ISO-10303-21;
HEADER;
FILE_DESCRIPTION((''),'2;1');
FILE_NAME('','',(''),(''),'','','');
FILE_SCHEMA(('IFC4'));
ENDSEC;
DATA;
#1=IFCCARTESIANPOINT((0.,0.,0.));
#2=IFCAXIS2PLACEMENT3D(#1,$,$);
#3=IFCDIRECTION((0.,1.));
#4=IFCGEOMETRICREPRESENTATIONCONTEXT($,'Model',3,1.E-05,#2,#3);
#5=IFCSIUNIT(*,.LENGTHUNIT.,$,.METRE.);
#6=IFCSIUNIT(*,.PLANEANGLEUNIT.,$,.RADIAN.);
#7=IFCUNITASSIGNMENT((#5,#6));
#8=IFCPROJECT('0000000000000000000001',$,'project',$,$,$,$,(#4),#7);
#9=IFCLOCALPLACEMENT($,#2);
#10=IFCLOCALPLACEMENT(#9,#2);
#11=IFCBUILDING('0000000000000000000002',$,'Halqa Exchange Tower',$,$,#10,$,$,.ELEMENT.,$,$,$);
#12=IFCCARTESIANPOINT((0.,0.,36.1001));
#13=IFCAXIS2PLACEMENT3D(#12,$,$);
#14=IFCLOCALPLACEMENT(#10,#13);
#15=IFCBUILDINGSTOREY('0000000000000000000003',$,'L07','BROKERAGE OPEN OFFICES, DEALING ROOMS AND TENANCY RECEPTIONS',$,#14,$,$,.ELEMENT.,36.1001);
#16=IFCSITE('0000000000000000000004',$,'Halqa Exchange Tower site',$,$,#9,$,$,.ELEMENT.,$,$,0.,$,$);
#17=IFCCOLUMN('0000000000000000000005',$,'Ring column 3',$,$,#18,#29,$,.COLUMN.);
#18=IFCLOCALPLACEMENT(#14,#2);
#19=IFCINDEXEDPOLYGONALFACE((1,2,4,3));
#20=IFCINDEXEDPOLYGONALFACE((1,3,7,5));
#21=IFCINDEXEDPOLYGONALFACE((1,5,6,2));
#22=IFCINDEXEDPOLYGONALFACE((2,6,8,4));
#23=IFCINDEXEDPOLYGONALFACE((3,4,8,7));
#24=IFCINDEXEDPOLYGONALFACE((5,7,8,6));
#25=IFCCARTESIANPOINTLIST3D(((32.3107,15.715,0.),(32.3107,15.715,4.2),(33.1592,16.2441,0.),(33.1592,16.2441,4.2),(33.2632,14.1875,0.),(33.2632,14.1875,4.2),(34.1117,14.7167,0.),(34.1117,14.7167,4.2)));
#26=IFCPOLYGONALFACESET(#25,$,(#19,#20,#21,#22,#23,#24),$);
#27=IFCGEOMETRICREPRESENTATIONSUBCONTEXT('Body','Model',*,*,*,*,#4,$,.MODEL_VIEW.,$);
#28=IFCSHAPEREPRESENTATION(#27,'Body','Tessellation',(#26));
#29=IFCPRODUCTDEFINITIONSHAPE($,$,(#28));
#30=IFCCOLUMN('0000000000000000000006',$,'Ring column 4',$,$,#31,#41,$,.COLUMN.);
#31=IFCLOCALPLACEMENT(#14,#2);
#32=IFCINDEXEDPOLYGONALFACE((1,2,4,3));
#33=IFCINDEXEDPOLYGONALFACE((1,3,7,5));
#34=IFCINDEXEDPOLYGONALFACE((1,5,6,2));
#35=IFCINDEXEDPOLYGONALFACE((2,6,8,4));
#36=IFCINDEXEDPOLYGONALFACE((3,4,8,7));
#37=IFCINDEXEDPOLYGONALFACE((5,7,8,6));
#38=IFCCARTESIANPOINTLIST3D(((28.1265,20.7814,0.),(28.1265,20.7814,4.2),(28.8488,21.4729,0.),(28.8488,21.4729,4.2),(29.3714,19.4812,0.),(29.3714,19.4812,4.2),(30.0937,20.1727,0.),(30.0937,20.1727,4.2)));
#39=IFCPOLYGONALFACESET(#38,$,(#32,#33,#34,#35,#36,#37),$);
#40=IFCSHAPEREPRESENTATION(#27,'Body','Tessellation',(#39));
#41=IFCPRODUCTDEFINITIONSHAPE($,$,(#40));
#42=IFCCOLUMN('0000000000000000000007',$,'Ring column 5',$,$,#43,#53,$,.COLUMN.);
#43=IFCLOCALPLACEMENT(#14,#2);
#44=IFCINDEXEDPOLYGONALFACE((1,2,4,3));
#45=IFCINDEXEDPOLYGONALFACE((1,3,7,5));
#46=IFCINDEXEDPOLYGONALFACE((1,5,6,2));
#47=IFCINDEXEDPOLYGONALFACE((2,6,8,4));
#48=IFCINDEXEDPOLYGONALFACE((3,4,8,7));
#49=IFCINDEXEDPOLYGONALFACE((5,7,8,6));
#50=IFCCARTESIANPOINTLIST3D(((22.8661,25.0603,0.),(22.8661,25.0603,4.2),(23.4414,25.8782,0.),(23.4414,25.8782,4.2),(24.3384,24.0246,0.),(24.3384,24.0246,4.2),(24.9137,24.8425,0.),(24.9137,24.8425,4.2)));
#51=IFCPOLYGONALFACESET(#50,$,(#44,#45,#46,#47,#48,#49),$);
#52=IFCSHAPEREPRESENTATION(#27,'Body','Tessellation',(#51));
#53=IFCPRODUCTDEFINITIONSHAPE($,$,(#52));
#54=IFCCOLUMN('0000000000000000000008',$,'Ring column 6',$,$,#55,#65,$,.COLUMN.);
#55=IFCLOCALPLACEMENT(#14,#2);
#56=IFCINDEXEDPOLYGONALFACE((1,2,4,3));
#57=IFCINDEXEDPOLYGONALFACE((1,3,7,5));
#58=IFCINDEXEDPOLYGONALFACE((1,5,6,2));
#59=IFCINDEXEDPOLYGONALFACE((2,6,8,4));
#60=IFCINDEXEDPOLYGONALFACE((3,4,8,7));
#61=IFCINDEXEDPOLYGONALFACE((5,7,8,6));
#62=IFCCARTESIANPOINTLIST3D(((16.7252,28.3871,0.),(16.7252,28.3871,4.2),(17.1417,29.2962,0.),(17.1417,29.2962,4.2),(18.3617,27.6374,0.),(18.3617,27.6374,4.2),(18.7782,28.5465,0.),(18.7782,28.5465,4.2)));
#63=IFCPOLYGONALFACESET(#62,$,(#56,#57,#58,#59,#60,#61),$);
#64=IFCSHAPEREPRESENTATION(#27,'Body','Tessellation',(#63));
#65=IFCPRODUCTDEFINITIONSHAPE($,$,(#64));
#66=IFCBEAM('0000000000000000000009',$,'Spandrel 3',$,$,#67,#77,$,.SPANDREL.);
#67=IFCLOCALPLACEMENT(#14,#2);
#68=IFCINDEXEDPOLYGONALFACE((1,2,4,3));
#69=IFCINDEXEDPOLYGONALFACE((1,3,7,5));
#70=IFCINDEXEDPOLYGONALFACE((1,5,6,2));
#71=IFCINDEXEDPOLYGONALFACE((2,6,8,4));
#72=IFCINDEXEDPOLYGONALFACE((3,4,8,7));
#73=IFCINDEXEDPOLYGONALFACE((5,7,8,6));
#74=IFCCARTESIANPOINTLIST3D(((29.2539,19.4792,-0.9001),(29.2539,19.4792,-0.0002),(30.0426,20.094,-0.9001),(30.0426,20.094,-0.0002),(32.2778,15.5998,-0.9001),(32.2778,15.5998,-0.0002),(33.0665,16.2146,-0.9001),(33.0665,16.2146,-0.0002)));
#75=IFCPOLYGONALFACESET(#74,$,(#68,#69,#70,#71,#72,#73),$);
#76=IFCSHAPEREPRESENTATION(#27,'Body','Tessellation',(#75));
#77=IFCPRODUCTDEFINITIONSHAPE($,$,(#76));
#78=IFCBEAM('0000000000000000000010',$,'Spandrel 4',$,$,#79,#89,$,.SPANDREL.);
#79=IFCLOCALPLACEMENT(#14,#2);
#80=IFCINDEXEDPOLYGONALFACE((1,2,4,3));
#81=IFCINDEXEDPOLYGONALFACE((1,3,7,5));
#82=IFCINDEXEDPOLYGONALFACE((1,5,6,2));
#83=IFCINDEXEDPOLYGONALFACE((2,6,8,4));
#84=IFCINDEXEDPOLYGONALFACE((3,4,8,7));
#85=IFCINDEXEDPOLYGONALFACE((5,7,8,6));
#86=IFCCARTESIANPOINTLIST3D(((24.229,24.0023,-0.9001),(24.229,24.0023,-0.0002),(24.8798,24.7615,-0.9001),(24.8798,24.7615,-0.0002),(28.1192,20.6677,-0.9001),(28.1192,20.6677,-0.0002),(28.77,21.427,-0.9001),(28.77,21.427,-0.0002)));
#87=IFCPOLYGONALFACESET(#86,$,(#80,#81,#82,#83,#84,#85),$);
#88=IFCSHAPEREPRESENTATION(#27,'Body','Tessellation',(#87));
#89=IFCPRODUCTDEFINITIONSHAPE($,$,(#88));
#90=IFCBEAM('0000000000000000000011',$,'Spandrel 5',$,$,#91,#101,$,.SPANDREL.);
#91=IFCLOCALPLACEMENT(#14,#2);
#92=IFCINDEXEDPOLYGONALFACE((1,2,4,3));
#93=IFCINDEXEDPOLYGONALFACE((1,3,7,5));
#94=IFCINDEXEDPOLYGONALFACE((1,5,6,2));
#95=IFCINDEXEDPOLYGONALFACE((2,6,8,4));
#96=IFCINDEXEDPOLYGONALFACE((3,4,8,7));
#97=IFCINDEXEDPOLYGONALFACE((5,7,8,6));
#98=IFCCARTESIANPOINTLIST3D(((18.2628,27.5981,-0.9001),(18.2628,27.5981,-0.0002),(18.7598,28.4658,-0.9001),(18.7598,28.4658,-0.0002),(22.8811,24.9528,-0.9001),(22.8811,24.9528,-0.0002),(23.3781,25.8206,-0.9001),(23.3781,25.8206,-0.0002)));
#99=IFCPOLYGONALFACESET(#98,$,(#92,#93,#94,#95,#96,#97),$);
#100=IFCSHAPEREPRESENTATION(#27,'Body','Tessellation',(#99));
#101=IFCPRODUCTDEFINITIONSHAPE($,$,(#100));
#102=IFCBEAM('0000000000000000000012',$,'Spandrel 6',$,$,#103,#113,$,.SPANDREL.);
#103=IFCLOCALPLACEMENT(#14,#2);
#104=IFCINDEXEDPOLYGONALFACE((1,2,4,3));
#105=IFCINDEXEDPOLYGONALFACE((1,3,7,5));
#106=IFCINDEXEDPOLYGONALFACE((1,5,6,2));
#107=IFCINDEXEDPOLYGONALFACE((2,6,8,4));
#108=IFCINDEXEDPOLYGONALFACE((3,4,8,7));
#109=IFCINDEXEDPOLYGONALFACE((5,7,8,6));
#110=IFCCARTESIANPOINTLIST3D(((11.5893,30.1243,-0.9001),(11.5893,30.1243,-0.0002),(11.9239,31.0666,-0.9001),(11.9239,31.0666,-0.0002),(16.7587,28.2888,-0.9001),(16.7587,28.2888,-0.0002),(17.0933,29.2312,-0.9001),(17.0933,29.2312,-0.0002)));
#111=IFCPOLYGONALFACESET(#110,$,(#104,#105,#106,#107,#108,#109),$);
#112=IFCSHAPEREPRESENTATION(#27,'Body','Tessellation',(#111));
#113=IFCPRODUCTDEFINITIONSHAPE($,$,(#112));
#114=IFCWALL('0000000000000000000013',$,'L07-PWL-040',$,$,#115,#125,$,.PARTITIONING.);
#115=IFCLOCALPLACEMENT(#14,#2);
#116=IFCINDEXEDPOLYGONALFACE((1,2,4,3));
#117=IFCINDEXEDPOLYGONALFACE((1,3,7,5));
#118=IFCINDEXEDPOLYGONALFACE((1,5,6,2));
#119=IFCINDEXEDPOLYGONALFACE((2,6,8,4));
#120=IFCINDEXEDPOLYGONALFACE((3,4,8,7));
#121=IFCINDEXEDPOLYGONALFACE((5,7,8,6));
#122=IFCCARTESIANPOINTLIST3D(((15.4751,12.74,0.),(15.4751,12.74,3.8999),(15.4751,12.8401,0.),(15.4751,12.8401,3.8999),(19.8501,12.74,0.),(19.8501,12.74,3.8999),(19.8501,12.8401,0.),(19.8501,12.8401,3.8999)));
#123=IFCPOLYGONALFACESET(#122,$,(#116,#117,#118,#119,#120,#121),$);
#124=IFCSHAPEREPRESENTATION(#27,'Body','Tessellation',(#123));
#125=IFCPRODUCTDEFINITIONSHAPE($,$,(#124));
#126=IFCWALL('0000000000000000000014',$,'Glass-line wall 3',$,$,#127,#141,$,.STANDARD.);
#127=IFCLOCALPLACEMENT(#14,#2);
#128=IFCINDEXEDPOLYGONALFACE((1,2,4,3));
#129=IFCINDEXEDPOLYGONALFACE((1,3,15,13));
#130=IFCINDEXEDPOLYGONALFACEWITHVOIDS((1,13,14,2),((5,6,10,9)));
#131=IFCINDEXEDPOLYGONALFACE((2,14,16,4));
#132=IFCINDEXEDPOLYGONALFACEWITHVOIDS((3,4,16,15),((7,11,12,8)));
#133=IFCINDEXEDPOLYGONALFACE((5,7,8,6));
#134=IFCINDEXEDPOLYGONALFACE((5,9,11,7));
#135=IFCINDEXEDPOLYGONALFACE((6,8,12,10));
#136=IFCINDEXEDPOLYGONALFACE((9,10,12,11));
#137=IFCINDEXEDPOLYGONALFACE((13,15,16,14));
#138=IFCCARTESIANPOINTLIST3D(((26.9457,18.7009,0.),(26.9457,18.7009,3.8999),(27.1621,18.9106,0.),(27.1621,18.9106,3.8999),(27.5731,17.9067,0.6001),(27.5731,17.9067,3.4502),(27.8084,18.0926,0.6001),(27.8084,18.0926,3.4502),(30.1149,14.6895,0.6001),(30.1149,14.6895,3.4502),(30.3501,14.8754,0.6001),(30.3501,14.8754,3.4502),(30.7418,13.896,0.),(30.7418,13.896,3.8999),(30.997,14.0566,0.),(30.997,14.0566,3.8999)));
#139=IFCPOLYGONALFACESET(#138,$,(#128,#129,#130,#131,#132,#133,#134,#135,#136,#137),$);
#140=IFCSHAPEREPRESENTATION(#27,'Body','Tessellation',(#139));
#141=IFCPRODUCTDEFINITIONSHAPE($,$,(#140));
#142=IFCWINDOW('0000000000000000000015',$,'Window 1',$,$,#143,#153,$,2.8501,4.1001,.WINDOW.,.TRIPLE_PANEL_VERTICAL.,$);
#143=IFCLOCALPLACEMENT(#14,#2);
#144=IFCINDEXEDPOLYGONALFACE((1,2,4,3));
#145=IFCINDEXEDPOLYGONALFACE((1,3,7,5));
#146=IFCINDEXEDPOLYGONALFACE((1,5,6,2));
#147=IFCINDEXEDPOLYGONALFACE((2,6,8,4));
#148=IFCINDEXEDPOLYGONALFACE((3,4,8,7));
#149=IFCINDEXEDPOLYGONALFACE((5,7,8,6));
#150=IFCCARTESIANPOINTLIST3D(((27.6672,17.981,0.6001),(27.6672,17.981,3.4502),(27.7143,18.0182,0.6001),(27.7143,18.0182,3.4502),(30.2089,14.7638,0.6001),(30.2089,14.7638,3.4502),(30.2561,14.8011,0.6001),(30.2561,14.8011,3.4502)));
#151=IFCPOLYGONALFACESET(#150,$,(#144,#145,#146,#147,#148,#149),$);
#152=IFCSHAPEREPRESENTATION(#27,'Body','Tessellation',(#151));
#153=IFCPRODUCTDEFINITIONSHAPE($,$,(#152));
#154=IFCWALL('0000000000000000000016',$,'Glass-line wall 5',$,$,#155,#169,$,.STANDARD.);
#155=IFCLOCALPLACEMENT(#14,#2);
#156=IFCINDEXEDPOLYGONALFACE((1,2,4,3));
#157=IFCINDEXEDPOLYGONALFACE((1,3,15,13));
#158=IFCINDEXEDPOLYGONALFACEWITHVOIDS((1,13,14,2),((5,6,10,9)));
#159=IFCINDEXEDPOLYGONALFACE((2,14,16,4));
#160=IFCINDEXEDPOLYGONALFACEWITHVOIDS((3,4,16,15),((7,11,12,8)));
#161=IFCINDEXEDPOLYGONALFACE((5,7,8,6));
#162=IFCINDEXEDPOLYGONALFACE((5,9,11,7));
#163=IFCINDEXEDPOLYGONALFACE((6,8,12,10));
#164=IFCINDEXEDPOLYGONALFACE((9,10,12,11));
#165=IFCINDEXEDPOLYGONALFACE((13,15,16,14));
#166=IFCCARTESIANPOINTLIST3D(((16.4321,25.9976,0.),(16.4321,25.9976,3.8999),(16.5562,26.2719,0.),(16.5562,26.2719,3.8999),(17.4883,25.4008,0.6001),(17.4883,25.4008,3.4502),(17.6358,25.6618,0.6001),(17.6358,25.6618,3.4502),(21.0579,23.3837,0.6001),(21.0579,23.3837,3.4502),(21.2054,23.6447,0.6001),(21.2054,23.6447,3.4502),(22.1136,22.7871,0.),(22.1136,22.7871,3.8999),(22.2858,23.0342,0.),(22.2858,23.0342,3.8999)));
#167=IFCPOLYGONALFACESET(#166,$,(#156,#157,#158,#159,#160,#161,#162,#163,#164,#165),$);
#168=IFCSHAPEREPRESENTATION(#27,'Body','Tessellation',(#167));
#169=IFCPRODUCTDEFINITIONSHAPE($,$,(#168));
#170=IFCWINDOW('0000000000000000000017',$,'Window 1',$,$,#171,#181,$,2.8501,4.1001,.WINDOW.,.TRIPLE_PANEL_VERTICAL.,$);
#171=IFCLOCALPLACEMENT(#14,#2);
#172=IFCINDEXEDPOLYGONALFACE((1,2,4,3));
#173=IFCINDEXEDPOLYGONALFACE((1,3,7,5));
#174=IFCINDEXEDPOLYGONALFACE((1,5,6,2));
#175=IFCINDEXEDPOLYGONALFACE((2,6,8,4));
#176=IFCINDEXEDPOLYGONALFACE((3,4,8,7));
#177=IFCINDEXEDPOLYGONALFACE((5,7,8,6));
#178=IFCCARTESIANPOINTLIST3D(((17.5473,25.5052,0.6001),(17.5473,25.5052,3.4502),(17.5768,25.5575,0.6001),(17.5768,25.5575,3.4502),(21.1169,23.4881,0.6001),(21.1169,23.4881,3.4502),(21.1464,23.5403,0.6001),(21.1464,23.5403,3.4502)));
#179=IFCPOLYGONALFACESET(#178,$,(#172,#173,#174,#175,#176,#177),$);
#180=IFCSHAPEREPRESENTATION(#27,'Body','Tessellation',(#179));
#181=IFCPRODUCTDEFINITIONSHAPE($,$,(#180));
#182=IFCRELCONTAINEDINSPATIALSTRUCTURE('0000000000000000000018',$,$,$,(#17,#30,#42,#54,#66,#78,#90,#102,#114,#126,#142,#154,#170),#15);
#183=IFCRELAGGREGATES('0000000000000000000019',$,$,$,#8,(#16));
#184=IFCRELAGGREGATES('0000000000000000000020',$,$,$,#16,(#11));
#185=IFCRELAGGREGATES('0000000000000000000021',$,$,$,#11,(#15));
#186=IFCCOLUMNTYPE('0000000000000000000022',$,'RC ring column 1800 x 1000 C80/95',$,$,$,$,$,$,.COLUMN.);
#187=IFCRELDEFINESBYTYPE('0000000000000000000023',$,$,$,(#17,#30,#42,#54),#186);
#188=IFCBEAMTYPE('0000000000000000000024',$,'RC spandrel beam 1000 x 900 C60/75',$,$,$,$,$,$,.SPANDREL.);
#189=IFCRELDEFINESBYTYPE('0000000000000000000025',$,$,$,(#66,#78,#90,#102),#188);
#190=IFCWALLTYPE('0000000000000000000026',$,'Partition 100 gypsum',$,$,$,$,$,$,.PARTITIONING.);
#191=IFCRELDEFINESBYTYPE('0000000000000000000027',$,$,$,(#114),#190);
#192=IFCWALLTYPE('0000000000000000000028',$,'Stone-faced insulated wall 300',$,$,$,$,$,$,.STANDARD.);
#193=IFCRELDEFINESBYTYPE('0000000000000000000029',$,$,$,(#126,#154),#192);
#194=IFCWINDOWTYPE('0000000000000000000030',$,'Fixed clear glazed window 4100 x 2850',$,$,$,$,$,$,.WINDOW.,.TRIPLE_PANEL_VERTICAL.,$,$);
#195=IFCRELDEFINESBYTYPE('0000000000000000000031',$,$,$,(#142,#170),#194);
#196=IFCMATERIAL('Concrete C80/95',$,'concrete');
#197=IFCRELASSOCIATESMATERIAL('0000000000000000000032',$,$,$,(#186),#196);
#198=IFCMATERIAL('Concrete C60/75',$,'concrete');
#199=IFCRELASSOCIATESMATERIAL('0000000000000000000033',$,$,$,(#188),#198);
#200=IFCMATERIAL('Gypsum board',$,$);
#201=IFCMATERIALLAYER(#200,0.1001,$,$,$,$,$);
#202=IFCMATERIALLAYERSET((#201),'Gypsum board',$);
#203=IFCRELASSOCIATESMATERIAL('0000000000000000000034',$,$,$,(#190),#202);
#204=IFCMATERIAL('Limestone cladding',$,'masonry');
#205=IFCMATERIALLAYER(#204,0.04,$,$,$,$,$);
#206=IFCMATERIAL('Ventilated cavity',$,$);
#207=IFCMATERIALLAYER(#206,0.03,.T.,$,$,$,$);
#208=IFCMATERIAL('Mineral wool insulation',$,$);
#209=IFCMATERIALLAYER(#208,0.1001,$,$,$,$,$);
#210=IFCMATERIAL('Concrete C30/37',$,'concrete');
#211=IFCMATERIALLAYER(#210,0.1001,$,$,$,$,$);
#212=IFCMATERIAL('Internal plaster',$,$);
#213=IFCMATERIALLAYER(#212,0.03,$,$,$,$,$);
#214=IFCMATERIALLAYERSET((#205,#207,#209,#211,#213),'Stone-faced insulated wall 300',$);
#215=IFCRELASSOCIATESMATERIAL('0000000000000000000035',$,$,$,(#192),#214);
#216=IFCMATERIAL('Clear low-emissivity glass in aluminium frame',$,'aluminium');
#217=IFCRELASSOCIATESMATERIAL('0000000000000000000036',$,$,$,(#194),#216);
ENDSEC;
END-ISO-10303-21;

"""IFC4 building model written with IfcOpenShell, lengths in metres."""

from ifc_helpers import new_model, si_unit, direction, frame, frame_2d, origin, origin_2d, place, context, subcontext, project, spatial, polyline, rectangle, outline, extrude, material, layer, layer_set, material_profile, profile_set, type_object, element, fill, save


model = new_model("IFC4")

# Units and contexts
model_context = context("Model", 3, precision=1e-05, world=origin(), true_north=direction((0.0, 1.0)))
body_context = subcontext(model_context, "Body", "Model", "MODEL_VIEW")
ifc_project = project(units=[si_unit("LENGTHUNIT", "METRE"), si_unit("PLANEANGLEUNIT", "RADIAN")], contexts=[model_context])

# Site, building, storey
site_placement = place(None, origin())
site = spatial("IfcSite", under=ifc_project, at=site_placement, Name="Halqa Exchange Tower site", CompositionType="ELEMENT", RefElevation=0.0)
building_placement = place(site_placement, origin())
building = spatial("IfcBuilding", under=site, at=building_placement, Name="Halqa Exchange Tower", CompositionType="ELEMENT")
storey_placement = place(building_placement, frame((0.0, 0.0, 36.1001)))
storey = spatial("IfcBuildingStorey", under=building, at=storey_placement, Name="L07", Description="BROKERAGE OPEN OFFICES, DEALING ROOMS AND TENANCY RECEPTIONS", CompositionType="ELEMENT", Elevation=36.1001)

# Columns
ifc_material_1 = material(Name="Concrete C80/95", Category="concrete")
ifc_material_profile_1 = material_profile(ifc_material_1, rectangle(XDim=1.8, YDim=1.0, at=origin_2d()), Name="1800 x 1000")
ifc_profile_set_1 = profile_set([ifc_material_profile_1], Name="Concrete C80/95")
column_type = type_object("IfcColumnType", Name="RC ring column 1800 x 1000 C80/95", PredefinedType="COLUMN", material=ifc_profile_set_1)
for number, where, z_axis, x_axis, name in (
    (1, (33.2112, 15.2158, 0.0), (0.0, 0.0, 1.0), (-0.529142, 0.848533, 0.0), "Ring column 3"),
    (2, (29.1101, 20.4771, 0.0), (0.0, 0.0, 1.0), (-0.691575, 0.722305, 0.0), "Ring column 4"),
    (3, (23.8899, 24.9514, 0.0), (0.0, 0.0, 1.0), (-0.817912, 0.575344, 0.0), "Ring column 5"),
    (4, (17.7517, 28.4668, 0.0), (0.0, 0.0, 1.0), (-0.909128, 0.416517, 0.0), "Ring column 6"),
):
    element("IfcColumn", number, at=place(storey_placement, frame(where, z_axis=z_axis, x_axis=x_axis)), inside=storey, type_object=column_type, Name=name, PredefinedType="COLUMN", context=body_context, shape_type="SweptSolid", body=[
        extrude(rectangle(XDim=1.8, YDim=1.0, at=origin_2d()), origin(), (0.0, 0.0, 1.0), 4.2),
    ])

# Beams
ifc_material_2 = material(Name="Concrete C60/75", Category="concrete")
ifc_material_profile_2 = material_profile(ifc_material_2, rectangle(XDim=1.0, YDim=0.8999, at=origin_2d()), Name="1000 x 900")
ifc_profile_set_2 = profile_set([ifc_material_profile_2], Name="Concrete C60/75")
beam_type = type_object("IfcBeamType", Name="RC spandrel beam 1000 x 900 C60/75", PredefinedType="SPANDREL", material=ifc_profile_set_2)
beam_1_placement = place(storey_placement, frame((32.6721, 15.9072, -0.4502), z_axis=(-0.614779, 0.7887, 0.0), x_axis=(-0.7887, -0.614779, 0.0)))
element("IfcBeam", 5, at=beam_1_placement, inside=storey, type_object=beam_type, Name="Spandrel 3", PredefinedType="SPANDREL", context=body_context, shape_type="SweptSolid", body=[
    extrude(rectangle(XDim=1.0, YDim=0.8999, at=origin_2d()), origin(), (0.0, 0.0, 1.0), 4.9187),
])
beam_2_placement = place(storey_placement, frame((28.4446, 21.0474, -0.4502), z_axis=(-0.75925, 0.650799, 0.0), x_axis=(-0.650799, -0.75925, 0.0)))
element("IfcBeam", 6, at=beam_2_placement, inside=storey, type_object=beam_type, Name="Spandrel 4", PredefinedType="SPANDREL", context=body_context, shape_type="SweptSolid", body=[
    extrude(rectangle(XDim=1.0, YDim=0.8999, at=origin_2d()), origin(), (0.0, 0.0, 1.0), 5.1238),
])
beam_3_placement = place(storey_placement, frame((23.1296, 25.3867, -0.4502), z_axis=(-0.867743, 0.497013, 0.0), x_axis=(-0.497013, -0.867743, 0.0)))
element("IfcBeam", 7, at=beam_3_placement, inside=storey, type_object=beam_type, Name="Spandrel 5", PredefinedType="SPANDREL", context=body_context, shape_type="SweptSolid", body=[
    extrude(rectangle(XDim=1.0, YDim=0.8999, at=origin_2d()), origin(), (0.0, 0.0, 1.0), 5.3223),
])
beam_4_placement = place(storey_placement, frame((16.926, 28.76, -0.4502), z_axis=(-0.942363, 0.334593, 0.0), x_axis=(-0.334593, -0.942363, 0.0)))
element("IfcBeam", 8, at=beam_4_placement, inside=storey, type_object=beam_type, Name="Spandrel 6", PredefinedType="SPANDREL", context=body_context, shape_type="SweptSolid", body=[
    extrude(rectangle(XDim=1.0, YDim=0.8999, at=origin_2d()), origin(), (0.0, 0.0, 1.0), 5.4856),
])

# Wall
ifc_material_3 = material(Name="Gypsum board")
ifc_layer_1 = layer(ifc_material_3, 0.1001)
ifc_layer_set_1 = layer_set([ifc_layer_1], Name="Gypsum board")
wall_type_1 = type_object("IfcWallType", Name="Partition 100 gypsum", PredefinedType="PARTITIONING", material=ifc_layer_set_1)
wall_1_placement = place(storey_placement, frame((19.8501, 12.79, 0.0), z_axis=(0.0, 0.0, 1.0), x_axis=(-1.0, 0.0, 0.0)))
element("IfcWall", 9, at=wall_1_placement, inside=storey, type_object=wall_type_1, Name="L07-PWL-040", PredefinedType="PARTITIONING", context=body_context, shape_type="SweptSolid", body=[
    extrude(rectangle(XDim=4.375, YDim=0.1001, at=frame_2d((2.1875, 0.0))), origin(), (0.0, 0.0, 1.0), 3.8999),
])

# Wall, opening, window
ifc_material_4 = material(Name="Limestone cladding", Category="masonry")
ifc_layer_2 = layer(ifc_material_4, 0.04)
ifc_material_5 = material(Name="Ventilated cavity")
ifc_layer_3 = layer(ifc_material_5, 0.03, ventilated=True)
ifc_material_6 = material(Name="Mineral wool insulation")
ifc_layer_4 = layer(ifc_material_6, 0.1001)
ifc_material_7 = material(Name="Concrete C30/37", Category="concrete")
ifc_layer_5 = layer(ifc_material_7, 0.1001)
ifc_material_8 = material(Name="Internal plaster")
ifc_layer_6 = layer(ifc_material_8, 0.03)
ifc_layer_set_2 = layer_set([ifc_layer_2, ifc_layer_3, ifc_layer_4, ifc_layer_5, ifc_layer_6], Name="Stone-faced insulated wall 300")
wall_type_2 = type_object("IfcWallType", Name="Stone-faced insulated wall 300", PredefinedType="STANDARD", material=ifc_layer_set_2)
wall_2_placement = place(storey_placement, frame((30.8694, 13.9763, 0.0), z_axis=(0.0, 0.0, 1.0), x_axis=(-0.619923, 0.784662, 0.0)))
wall_2 = element("IfcWall", 10, at=wall_2_placement, inside=storey, type_object=wall_type_2, Name="Glass-line wall 3", PredefinedType="STANDARD", context=body_context, shape_type="SweptSolid", body=[
    extrude(outline(polyline([(-0.0161, -0.1499), (6.1699, -0.1499), (6.1396, 0.1499), (0.0161, 0.1499), (-0.0161, -0.1499)])), origin(), (0.0, 0.0, 1.0), 3.8999),
])
opening_1_placement = place(wall_2_placement, frame((1.0273, 0.0, 0.6001)))
opening_1 = element("IfcOpeningElement", 11, at=opening_1_placement, cuts=wall_2, PredefinedType="OPENING", context=body_context, shape_type="SweptSolid", body=[
    extrude(rectangle(XDim=4.1001, YDim=2.8501, at=frame_2d((2.05, 1.425))), frame((0.0, 0.1621, 0.0), z_axis=(0.0, -1.0, 0.0), x_axis=(1.0, 0.0, 0.0)), (0.0, 0.0, 1.0), 0.324),
])
ifc_material_9 = material(Name="Clear low-emissivity glass in aluminium frame", Category="aluminium")
window_type = type_object("IfcWindowType", Name="Fixed clear glazed window 4100 x 2850", PartitioningType="TRIPLE_PANEL_VERTICAL", PredefinedType="WINDOW", material=ifc_material_9)
window_1_placement = place(opening_1_placement, origin())
window_1 = element("IfcWindow", 12, at=window_1_placement, inside=storey, type_object=window_type, Name="Window 1", OverallHeight=2.8501, OverallWidth=4.1001, PartitioningType="TRIPLE_PANEL_VERTICAL", PredefinedType="WINDOW", context=body_context, shape_type="SweptSolid", body=[
    extrude(rectangle(XDim=4.1001, YDim=2.8501, at=frame_2d((2.05, 1.425))), frame((0.0, 0.03, 0.0), z_axis=(0.0, -1.0, 0.0), x_axis=(1.0, 0.0, 0.0)), (0.0, 0.0, 1.0), 0.0601),
])
fill(opening_1, window_1)

# Wall, opening, window
wall_3_placement = place(storey_placement, frame((22.1997, 22.9106, 0.0), z_axis=(0.0, 0.0, 1.0), x_axis=(-0.870613, 0.491969, 0.0)))
wall_3 = element("IfcWall", 13, at=wall_3_placement, inside=storey, type_object=wall_type_2, Name="Glass-line wall 5", PredefinedType="STANDARD", context=body_context, shape_type="SweptSolid", body=[
    extrude(outline(polyline([(-0.0142, -0.1499), (6.5669, -0.1499), (6.54, 0.1499), (0.0142, 0.1499), (-0.0142, -0.1499)])), origin(), (0.0, 0.0, 1.0), 3.8999),
])
opening_2_placement = place(wall_3_placement, frame((1.2268, 0.0, 0.6001)))
opening_2 = element("IfcOpeningElement", 14, at=opening_2_placement, cuts=wall_3, PredefinedType="OPENING", context=body_context, shape_type="SweptSolid", body=[
    extrude(rectangle(XDim=4.1001, YDim=2.8501, at=frame_2d((2.05, 1.425))), frame((0.0, 0.1621, 0.0), z_axis=(0.0, -1.0, 0.0), x_axis=(1.0, 0.0, 0.0)), (0.0, 0.0, 1.0), 0.324),
])
window_2_placement = place(opening_2_placement, origin())
window_2 = element("IfcWindow", 15, at=window_2_placement, inside=storey, type_object=window_type, Name="Window 1", OverallHeight=2.8501, OverallWidth=4.1001, PartitioningType="TRIPLE_PANEL_VERTICAL", PredefinedType="WINDOW", context=body_context, shape_type="SweptSolid", body=[
    extrude(rectangle(XDim=4.1001, YDim=2.8501, at=frame_2d((2.05, 1.425))), frame((0.0, 0.03, 0.0), z_axis=(0.0, -1.0, 0.0), x_axis=(1.0, 0.0, 0.0)), (0.0, 0.0, 1.0), 0.0601),
])
fill(opening_2, window_2)

save(model, "model.ifc")
